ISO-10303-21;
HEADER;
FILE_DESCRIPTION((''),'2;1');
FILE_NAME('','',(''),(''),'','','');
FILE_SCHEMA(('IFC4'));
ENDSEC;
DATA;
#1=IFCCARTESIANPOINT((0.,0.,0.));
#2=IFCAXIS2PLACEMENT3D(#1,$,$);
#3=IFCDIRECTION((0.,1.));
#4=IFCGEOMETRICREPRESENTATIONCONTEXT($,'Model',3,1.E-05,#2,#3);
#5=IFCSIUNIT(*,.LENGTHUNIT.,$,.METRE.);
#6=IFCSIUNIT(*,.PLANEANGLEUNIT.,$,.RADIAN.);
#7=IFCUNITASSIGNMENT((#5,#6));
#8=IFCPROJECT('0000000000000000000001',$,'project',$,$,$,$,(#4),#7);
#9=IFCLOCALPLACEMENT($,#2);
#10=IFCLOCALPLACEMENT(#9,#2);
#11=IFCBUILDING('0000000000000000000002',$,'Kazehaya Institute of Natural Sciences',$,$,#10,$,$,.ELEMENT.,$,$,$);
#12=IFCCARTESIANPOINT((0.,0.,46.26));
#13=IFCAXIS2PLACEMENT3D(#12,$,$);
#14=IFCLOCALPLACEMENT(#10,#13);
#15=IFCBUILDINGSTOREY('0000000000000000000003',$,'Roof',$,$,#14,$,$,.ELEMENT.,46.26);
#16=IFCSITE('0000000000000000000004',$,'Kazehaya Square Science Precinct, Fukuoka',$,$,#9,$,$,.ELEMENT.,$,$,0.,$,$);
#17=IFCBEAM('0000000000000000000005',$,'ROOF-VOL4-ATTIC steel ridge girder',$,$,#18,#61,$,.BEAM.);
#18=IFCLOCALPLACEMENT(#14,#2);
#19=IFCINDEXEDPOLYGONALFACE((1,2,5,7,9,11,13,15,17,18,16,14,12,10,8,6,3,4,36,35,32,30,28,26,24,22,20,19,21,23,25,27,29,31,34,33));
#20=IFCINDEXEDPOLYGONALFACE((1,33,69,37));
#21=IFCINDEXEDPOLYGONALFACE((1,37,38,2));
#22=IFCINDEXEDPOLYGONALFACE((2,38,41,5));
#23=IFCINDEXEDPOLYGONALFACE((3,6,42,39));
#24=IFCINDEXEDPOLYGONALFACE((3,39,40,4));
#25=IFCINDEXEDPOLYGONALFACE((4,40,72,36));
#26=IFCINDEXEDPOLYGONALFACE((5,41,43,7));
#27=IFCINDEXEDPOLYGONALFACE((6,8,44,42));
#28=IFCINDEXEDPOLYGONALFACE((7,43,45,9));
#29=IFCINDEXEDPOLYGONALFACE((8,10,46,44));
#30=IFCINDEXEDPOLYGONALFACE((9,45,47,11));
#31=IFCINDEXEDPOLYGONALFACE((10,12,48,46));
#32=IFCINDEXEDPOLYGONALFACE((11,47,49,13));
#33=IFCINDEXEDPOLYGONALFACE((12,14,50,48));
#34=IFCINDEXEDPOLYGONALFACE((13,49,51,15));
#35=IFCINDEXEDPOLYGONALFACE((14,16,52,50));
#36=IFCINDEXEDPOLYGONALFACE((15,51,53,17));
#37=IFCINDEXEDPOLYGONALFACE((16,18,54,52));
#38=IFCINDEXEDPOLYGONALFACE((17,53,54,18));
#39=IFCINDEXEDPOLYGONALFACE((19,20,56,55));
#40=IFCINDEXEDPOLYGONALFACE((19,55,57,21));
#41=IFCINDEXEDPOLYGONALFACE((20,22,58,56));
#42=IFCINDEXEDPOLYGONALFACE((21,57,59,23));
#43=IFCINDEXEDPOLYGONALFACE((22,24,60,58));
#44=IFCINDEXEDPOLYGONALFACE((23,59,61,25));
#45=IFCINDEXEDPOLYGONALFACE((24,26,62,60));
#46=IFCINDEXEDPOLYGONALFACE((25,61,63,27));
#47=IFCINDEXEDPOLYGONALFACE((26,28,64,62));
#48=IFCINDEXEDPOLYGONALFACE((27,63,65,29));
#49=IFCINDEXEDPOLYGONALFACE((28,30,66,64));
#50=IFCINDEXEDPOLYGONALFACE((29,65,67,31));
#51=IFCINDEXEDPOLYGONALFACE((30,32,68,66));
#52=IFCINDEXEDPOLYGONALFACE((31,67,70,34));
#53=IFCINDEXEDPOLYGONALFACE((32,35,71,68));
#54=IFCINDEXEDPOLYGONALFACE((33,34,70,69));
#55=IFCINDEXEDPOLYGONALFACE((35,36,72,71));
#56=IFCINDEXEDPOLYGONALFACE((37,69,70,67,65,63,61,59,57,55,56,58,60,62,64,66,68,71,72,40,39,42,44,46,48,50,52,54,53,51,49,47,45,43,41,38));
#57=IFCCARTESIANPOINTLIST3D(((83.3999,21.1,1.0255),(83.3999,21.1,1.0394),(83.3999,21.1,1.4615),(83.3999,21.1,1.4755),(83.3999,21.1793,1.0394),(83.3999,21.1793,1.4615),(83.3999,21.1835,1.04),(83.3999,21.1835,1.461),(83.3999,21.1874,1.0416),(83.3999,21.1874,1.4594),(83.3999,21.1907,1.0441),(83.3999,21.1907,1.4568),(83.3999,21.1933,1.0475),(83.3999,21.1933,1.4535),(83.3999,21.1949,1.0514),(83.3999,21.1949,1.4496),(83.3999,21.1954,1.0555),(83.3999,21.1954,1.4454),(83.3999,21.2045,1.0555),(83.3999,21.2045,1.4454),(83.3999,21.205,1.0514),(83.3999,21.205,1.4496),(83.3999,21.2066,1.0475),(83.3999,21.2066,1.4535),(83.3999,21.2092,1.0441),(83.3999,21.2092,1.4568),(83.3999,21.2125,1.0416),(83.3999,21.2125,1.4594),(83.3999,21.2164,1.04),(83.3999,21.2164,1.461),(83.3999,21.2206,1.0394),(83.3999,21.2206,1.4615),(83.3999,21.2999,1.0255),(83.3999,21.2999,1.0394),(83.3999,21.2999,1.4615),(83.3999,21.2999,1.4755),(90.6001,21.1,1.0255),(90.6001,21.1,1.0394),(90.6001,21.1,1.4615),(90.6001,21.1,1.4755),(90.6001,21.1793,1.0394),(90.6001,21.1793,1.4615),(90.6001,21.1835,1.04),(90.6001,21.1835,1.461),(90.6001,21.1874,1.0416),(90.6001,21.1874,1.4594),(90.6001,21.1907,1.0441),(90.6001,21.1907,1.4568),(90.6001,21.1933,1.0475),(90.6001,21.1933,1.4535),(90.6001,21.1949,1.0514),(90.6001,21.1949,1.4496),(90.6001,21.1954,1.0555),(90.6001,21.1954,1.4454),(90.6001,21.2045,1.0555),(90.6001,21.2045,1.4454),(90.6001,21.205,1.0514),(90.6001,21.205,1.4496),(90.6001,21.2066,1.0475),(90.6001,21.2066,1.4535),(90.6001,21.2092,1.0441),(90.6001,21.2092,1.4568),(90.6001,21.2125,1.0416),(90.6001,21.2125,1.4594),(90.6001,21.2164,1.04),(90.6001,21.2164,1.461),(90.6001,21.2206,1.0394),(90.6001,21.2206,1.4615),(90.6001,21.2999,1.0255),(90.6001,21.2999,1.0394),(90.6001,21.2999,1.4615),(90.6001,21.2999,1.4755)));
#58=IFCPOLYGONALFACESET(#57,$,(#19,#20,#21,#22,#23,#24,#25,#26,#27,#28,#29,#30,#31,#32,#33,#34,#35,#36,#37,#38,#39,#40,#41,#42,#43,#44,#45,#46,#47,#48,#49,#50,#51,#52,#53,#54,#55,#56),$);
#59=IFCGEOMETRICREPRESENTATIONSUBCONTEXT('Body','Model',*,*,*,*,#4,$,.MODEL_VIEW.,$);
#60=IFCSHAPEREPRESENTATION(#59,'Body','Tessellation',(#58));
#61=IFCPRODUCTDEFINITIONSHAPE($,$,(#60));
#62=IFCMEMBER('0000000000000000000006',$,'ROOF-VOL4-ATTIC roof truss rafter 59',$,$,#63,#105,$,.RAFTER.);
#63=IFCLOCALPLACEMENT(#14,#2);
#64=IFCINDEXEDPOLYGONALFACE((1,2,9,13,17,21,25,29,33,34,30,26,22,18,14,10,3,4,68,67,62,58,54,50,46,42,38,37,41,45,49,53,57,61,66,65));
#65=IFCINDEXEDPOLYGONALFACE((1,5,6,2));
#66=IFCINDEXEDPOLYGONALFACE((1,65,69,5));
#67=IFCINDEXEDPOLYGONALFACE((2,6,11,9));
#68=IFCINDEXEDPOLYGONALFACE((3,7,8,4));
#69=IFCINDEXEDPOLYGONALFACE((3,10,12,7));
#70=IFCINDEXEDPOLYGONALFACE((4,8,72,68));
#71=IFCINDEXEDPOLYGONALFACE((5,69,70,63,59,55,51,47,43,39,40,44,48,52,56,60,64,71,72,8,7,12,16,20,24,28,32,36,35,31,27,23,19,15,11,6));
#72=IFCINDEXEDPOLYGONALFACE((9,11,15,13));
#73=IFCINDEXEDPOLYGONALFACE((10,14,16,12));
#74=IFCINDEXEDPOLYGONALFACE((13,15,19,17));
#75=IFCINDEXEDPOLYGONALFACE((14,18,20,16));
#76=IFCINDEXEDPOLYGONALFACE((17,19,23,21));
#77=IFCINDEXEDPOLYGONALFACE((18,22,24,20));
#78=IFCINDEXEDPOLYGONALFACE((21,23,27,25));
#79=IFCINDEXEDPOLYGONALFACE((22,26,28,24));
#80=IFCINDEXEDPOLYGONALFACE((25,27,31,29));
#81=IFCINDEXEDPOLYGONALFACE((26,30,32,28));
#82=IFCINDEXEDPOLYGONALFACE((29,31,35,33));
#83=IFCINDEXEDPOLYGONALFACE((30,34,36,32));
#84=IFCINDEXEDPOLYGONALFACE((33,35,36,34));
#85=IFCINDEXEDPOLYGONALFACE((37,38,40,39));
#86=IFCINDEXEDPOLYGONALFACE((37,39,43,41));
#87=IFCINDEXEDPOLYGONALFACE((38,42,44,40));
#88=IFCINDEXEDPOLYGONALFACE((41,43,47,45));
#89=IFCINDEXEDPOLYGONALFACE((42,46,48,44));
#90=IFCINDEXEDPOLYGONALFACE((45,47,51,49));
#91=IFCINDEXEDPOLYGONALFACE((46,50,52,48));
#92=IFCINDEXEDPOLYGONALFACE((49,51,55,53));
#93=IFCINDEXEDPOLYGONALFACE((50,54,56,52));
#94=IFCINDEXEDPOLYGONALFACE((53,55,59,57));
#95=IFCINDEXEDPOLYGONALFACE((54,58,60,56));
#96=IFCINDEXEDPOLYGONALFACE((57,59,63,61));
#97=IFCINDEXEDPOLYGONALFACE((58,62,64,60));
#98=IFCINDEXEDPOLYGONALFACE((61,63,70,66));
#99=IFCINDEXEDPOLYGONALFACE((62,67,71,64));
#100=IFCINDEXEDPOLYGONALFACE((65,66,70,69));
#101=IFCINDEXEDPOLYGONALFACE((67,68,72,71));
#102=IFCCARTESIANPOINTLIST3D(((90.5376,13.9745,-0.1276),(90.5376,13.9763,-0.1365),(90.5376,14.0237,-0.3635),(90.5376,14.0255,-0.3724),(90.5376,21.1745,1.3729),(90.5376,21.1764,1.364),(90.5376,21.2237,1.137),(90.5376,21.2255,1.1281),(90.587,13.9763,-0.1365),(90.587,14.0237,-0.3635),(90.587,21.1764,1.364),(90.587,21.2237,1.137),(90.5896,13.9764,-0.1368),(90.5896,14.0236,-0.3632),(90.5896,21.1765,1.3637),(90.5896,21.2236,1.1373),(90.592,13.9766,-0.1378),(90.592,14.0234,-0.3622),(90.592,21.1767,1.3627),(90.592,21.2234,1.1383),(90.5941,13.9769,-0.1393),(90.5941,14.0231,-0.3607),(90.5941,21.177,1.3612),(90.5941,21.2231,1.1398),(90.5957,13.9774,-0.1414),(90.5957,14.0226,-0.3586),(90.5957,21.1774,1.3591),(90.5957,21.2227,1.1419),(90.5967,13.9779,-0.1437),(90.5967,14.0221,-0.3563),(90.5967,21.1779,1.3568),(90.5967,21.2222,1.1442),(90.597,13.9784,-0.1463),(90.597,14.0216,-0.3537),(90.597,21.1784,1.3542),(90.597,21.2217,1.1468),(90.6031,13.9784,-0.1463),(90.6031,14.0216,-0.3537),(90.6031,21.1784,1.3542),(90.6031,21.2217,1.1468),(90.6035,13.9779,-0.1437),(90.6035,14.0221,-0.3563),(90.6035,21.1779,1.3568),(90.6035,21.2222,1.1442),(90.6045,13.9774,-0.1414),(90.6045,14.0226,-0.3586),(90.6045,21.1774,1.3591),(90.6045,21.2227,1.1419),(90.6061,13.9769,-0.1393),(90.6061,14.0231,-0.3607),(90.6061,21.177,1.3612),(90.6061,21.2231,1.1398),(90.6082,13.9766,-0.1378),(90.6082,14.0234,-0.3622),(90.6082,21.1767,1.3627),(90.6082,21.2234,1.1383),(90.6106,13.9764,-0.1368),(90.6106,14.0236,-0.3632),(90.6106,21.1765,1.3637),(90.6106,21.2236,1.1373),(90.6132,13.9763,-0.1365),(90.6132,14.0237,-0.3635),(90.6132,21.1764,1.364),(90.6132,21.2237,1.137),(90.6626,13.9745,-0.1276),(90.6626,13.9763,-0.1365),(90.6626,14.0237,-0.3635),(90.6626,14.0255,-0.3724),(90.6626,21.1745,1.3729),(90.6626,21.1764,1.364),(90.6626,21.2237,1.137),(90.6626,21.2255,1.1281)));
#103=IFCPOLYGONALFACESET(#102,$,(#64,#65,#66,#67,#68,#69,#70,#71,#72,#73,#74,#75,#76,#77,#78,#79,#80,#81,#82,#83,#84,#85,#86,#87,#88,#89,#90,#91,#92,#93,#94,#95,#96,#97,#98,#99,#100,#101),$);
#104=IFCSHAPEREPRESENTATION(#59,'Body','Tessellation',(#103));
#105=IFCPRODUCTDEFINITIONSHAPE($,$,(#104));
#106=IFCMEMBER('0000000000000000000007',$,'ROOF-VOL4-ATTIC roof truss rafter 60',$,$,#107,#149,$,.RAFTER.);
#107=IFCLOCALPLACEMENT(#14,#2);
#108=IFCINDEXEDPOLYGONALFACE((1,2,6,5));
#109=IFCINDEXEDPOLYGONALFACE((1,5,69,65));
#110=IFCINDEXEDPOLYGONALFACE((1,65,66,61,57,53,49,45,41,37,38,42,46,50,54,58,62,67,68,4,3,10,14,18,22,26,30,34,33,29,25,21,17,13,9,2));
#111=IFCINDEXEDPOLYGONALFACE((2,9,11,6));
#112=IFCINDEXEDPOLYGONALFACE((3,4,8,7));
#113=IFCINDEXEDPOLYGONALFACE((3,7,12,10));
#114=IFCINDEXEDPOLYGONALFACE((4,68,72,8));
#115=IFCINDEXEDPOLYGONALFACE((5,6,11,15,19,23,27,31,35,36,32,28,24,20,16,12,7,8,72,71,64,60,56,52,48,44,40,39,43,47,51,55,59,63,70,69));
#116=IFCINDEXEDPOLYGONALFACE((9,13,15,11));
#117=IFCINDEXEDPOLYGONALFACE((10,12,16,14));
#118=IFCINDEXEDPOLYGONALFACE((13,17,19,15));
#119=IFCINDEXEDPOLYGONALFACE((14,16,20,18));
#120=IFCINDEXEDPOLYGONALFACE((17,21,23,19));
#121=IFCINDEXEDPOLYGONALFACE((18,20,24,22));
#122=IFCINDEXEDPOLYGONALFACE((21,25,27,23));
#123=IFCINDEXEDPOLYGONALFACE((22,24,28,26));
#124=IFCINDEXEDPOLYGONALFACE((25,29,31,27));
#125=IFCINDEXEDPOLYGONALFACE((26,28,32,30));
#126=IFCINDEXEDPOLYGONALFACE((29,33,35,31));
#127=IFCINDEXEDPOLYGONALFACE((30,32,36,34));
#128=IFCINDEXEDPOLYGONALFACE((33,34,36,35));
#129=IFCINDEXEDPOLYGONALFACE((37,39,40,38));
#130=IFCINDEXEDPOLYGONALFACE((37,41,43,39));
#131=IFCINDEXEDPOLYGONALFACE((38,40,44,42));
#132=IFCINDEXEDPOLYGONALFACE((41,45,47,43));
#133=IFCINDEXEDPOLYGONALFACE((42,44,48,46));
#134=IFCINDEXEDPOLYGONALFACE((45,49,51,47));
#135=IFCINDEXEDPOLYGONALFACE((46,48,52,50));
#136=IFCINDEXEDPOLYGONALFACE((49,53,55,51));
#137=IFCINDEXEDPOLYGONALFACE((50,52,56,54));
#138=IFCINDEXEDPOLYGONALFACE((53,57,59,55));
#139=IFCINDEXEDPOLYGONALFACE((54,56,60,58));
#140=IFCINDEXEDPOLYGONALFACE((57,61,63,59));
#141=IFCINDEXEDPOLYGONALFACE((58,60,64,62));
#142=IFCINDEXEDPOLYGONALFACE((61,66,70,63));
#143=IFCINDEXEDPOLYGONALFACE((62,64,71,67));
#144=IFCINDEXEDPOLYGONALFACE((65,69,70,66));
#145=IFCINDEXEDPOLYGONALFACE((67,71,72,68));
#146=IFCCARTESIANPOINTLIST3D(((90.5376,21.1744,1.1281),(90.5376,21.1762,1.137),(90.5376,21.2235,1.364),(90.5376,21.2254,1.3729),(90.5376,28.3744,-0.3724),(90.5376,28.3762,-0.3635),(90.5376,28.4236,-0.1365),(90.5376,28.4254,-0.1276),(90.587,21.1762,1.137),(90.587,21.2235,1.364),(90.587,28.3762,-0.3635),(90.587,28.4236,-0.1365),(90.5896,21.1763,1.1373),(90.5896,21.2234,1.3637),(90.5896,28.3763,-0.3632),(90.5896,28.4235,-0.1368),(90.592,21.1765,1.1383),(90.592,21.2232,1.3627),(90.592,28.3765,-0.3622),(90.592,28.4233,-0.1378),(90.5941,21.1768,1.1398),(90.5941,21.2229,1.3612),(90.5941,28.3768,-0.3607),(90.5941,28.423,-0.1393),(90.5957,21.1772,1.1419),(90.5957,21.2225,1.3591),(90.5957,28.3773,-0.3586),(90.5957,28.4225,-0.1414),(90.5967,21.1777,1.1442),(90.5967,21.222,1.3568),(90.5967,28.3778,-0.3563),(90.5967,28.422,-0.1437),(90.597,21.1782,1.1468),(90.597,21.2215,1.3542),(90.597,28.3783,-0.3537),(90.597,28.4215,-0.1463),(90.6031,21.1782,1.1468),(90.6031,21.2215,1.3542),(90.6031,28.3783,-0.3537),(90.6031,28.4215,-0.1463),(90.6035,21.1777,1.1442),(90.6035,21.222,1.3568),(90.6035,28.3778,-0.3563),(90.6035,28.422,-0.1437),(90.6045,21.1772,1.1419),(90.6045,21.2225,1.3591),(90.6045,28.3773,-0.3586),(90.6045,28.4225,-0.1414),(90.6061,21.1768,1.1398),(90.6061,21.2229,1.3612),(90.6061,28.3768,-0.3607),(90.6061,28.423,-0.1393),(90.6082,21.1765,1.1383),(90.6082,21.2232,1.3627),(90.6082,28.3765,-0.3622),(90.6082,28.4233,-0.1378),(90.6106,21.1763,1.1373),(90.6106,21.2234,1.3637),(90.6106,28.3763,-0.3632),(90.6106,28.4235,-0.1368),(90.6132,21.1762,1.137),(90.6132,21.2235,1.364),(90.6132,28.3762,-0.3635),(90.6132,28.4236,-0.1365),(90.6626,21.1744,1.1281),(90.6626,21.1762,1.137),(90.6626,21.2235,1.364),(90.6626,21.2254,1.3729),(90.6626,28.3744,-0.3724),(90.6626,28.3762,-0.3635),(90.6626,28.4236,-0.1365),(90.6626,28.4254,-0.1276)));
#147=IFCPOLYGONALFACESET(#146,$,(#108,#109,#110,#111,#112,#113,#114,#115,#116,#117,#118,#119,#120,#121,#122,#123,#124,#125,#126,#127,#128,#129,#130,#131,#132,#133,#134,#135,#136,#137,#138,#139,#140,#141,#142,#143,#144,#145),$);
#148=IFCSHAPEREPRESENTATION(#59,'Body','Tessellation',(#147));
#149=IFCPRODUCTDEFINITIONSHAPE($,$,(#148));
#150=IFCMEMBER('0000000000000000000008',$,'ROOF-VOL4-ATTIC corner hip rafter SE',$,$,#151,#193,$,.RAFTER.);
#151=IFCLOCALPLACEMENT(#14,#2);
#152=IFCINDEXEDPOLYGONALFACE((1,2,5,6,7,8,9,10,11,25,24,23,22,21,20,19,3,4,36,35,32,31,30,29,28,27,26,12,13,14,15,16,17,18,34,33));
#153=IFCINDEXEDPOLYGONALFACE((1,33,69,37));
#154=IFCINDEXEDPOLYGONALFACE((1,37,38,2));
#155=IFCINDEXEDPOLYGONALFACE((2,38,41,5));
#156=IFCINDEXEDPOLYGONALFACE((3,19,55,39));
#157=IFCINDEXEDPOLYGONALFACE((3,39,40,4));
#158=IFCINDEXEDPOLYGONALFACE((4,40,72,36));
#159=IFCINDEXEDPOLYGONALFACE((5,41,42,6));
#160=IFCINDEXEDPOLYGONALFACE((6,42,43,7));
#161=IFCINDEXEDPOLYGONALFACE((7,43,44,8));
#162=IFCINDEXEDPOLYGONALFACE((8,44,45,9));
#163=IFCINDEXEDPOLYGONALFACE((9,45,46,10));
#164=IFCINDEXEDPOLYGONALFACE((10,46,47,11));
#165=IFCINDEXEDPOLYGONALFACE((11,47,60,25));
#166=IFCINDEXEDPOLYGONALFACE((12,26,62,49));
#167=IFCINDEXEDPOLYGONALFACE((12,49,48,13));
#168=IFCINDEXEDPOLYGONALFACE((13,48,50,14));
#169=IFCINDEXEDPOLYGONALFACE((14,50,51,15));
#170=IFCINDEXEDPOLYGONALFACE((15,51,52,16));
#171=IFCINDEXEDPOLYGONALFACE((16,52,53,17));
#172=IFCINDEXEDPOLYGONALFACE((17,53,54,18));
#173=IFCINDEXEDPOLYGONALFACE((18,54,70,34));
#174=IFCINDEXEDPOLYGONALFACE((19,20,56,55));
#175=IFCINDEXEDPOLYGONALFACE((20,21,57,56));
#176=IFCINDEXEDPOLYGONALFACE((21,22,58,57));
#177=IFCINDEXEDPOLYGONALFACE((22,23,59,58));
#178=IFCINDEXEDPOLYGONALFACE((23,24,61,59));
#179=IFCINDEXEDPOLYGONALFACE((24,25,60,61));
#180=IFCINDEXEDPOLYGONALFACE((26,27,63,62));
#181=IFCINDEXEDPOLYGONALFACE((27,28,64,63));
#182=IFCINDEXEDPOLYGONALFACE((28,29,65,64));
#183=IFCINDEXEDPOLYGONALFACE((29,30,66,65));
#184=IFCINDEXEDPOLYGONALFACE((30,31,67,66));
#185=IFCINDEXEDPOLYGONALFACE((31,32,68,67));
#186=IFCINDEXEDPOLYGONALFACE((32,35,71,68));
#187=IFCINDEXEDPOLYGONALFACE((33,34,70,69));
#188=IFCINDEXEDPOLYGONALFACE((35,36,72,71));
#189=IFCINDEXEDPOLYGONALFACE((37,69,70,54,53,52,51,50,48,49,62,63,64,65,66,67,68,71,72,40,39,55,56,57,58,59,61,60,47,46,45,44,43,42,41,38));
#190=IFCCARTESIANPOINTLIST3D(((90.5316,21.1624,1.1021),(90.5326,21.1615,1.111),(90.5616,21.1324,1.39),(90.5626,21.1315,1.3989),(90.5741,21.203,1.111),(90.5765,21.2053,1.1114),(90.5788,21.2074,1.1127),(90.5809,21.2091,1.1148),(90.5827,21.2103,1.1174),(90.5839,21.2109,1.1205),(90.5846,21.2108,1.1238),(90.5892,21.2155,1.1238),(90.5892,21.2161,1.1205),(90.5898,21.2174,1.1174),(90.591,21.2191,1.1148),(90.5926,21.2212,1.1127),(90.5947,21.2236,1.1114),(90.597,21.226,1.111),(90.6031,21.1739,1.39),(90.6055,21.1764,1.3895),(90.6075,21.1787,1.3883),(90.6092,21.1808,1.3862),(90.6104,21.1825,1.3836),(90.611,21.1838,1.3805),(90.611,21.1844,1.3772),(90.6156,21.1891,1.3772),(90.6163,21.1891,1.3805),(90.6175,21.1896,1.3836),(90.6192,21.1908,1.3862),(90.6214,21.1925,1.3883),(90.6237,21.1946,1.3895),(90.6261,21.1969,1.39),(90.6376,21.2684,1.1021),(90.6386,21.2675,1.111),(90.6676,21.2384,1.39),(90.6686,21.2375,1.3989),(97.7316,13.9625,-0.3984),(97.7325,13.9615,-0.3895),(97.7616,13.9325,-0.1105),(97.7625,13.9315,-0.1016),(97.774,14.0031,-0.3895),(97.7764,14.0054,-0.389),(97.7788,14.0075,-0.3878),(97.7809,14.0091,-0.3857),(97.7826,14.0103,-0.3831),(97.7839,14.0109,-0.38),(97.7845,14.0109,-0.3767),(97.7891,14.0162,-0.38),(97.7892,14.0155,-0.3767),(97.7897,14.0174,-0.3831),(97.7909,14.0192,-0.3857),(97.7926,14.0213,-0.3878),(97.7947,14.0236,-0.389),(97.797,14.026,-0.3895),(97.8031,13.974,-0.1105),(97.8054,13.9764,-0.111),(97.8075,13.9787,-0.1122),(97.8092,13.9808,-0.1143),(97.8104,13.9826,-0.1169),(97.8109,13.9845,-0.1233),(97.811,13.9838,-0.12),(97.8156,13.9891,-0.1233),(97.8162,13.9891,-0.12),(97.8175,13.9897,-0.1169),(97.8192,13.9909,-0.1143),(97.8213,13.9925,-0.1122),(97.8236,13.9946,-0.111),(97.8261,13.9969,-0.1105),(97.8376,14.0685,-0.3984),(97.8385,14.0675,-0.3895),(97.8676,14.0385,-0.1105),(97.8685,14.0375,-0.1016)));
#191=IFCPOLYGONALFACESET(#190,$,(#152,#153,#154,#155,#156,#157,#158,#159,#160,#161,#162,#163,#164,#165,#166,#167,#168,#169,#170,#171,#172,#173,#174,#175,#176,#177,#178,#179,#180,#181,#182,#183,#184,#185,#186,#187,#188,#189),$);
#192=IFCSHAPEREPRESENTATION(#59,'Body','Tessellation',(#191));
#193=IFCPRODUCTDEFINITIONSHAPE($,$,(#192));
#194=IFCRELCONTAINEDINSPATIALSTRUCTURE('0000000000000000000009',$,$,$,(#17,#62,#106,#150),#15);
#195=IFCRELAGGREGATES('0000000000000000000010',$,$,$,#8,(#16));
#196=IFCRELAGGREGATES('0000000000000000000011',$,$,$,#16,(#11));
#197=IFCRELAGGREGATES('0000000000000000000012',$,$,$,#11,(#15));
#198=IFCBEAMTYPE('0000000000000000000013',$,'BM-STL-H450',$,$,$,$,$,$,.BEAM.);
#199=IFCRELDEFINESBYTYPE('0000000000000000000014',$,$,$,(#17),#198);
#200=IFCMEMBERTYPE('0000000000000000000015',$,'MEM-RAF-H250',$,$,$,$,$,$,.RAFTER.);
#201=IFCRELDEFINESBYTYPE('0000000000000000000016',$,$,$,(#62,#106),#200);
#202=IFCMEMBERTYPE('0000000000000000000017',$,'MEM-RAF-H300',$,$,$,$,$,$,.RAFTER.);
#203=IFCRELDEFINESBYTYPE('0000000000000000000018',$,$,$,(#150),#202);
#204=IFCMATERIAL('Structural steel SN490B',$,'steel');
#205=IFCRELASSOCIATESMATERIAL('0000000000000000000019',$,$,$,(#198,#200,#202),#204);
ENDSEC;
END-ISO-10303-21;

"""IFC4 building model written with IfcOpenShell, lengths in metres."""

from ifc_helpers import new_model, si_unit, direction, frame, origin, origin_2d, place, context, subcontext, project, spatial, i_section, extrude, material, material_profile, profile_set, type_object, element, save


model = new_model("IFC4")

# Units and contexts
model_context = context("Model", 3, precision=1e-05, world=origin(), true_north=direction((0.0, 1.0)))
body_context = subcontext(model_context, "Body", "Model", "MODEL_VIEW")
ifc_project = project(units=[si_unit("LENGTHUNIT", "METRE"), si_unit("PLANEANGLEUNIT", "RADIAN")], contexts=[model_context])

# Site, building, storey
site_placement = place(None, origin())
site = spatial("IfcSite", under=ifc_project, at=site_placement, Name="Kazehaya Square Science Precinct, Fukuoka", CompositionType="ELEMENT", RefElevation=0.0)
building_placement = place(site_placement, origin())
building = spatial("IfcBuilding", under=site, at=building_placement, Name="Kazehaya Institute of Natural Sciences", CompositionType="ELEMENT")
storey_placement = place(building_placement, frame((0.0, 0.0, 46.26)))
storey = spatial("IfcBuildingStorey", under=building, at=storey_placement, Name="Roof", CompositionType="ELEMENT", Elevation=46.26)

# Beam
ifc_material_1 = material(Name="Structural steel SN490B", Category="steel")
ifc_material_profile_1 = material_profile(ifc_material_1, i_section(OverallWidth=0.2, OverallDepth=0.45, WebThickness=0.009, FlangeThickness=0.0139, FilletRadius=0.0161, at=origin_2d()), Name="H-450x200x9x14")
ifc_profile_set_1 = profile_set([ifc_material_profile_1], Name="Structural steel SN490B")
beam_type = type_object("IfcBeamType", Name="BM-STL-H450", PredefinedType="BEAM", material=ifc_profile_set_1)
beam_placement = place(storey_placement, frame((83.3999, 21.2, 1.2505), z_axis=(1.0, 0.0, 0.0), x_axis=(0.0, 1.0, 0.0)))
element("IfcBeam", 1, at=beam_placement, inside=storey, type_object=beam_type, Name="ROOF-VOL4-ATTIC steel ridge girder", PredefinedType="BEAM", context=body_context, shape_type="SweptSolid", body=[
    extrude(i_section(OverallWidth=0.2, OverallDepth=0.45, WebThickness=0.009, FlangeThickness=0.0139, FilletRadius=0.0161, at=origin_2d()), origin(), (0.0, 0.0, 1.0), 7.2002),
])

# Members
ifc_material_profile_2 = material_profile(ifc_material_1, i_section(OverallWidth=0.125, OverallDepth=0.25, WebThickness=0.0061, FlangeThickness=0.009, FilletRadius=0.01, at=origin_2d()), Name="H-250x125x6x9")
ifc_profile_set_2 = profile_set([ifc_material_profile_2], Name="Structural steel SN490B")
member_type_1 = type_object("IfcMemberType", Name="MEM-RAF-H250", PredefinedType="RAFTER", material=ifc_profile_set_2)
for number, where, z_axis, x_axis, name in (
    (2, (90.6001, 14.0, -0.25), (0.0, 0.978967, 0.204019), (-1.0, 0.0, 0.0), "ROOF-VOL4-ATTIC roof truss rafter 59"),
    (3, (90.6001, 28.3999, -0.25), (0.0, -0.978967, 0.204019), (1.0, 0.0, 0.0), "ROOF-VOL4-ATTIC roof truss rafter 60"),
):
    element("IfcMember", number, at=place(storey_placement, frame(where, z_axis=z_axis, x_axis=x_axis)), inside=storey, type_object=member_type_1, Name=name, PredefinedType="RAFTER", context=body_context, shape_type="SweptSolid", body=[
        extrude(i_section(OverallWidth=0.125, OverallDepth=0.25, WebThickness=0.0061, FlangeThickness=0.009, FilletRadius=0.01, at=origin_2d()), origin(), (0.0, 0.0, 1.0), 7.3547),
    ])
ifc_material_profile_3 = material_profile(ifc_material_1, i_section(OverallWidth=0.1499, OverallDepth=0.3, WebThickness=0.0066, FlangeThickness=0.009, FilletRadius=0.0129, at=origin_2d()), Name="H-300x150x6.5x9")
ifc_profile_set_3 = profile_set([ifc_material_profile_3], Name="Structural steel SN490B")
member_type_2 = type_object("IfcMemberType", Name="MEM-RAF-H300", PredefinedType="RAFTER", material=ifc_profile_set_3)
for number, where, z_axis, x_axis, name in (
    (4, (97.8, 14.0, -0.25), (-0.699552, 0.699552, 0.145788), (-0.707107, -0.707107, 0.0), "ROOF-VOL4-ATTIC corner hip rafter SE"),
):
    element("IfcMember", number, at=place(storey_placement, frame(where, z_axis=z_axis, x_axis=x_axis)), inside=storey, type_object=member_type_2, Name=name, PredefinedType="RAFTER", context=body_context, shape_type="SweptSolid", body=[
        extrude(i_section(OverallWidth=0.1499, OverallDepth=0.3, WebThickness=0.0066, FlangeThickness=0.009, FilletRadius=0.0129, at=origin_2d()), origin(), (0.0, 0.0, 1.0), 10.2922),
    ])

save(model, "model.ifc")
